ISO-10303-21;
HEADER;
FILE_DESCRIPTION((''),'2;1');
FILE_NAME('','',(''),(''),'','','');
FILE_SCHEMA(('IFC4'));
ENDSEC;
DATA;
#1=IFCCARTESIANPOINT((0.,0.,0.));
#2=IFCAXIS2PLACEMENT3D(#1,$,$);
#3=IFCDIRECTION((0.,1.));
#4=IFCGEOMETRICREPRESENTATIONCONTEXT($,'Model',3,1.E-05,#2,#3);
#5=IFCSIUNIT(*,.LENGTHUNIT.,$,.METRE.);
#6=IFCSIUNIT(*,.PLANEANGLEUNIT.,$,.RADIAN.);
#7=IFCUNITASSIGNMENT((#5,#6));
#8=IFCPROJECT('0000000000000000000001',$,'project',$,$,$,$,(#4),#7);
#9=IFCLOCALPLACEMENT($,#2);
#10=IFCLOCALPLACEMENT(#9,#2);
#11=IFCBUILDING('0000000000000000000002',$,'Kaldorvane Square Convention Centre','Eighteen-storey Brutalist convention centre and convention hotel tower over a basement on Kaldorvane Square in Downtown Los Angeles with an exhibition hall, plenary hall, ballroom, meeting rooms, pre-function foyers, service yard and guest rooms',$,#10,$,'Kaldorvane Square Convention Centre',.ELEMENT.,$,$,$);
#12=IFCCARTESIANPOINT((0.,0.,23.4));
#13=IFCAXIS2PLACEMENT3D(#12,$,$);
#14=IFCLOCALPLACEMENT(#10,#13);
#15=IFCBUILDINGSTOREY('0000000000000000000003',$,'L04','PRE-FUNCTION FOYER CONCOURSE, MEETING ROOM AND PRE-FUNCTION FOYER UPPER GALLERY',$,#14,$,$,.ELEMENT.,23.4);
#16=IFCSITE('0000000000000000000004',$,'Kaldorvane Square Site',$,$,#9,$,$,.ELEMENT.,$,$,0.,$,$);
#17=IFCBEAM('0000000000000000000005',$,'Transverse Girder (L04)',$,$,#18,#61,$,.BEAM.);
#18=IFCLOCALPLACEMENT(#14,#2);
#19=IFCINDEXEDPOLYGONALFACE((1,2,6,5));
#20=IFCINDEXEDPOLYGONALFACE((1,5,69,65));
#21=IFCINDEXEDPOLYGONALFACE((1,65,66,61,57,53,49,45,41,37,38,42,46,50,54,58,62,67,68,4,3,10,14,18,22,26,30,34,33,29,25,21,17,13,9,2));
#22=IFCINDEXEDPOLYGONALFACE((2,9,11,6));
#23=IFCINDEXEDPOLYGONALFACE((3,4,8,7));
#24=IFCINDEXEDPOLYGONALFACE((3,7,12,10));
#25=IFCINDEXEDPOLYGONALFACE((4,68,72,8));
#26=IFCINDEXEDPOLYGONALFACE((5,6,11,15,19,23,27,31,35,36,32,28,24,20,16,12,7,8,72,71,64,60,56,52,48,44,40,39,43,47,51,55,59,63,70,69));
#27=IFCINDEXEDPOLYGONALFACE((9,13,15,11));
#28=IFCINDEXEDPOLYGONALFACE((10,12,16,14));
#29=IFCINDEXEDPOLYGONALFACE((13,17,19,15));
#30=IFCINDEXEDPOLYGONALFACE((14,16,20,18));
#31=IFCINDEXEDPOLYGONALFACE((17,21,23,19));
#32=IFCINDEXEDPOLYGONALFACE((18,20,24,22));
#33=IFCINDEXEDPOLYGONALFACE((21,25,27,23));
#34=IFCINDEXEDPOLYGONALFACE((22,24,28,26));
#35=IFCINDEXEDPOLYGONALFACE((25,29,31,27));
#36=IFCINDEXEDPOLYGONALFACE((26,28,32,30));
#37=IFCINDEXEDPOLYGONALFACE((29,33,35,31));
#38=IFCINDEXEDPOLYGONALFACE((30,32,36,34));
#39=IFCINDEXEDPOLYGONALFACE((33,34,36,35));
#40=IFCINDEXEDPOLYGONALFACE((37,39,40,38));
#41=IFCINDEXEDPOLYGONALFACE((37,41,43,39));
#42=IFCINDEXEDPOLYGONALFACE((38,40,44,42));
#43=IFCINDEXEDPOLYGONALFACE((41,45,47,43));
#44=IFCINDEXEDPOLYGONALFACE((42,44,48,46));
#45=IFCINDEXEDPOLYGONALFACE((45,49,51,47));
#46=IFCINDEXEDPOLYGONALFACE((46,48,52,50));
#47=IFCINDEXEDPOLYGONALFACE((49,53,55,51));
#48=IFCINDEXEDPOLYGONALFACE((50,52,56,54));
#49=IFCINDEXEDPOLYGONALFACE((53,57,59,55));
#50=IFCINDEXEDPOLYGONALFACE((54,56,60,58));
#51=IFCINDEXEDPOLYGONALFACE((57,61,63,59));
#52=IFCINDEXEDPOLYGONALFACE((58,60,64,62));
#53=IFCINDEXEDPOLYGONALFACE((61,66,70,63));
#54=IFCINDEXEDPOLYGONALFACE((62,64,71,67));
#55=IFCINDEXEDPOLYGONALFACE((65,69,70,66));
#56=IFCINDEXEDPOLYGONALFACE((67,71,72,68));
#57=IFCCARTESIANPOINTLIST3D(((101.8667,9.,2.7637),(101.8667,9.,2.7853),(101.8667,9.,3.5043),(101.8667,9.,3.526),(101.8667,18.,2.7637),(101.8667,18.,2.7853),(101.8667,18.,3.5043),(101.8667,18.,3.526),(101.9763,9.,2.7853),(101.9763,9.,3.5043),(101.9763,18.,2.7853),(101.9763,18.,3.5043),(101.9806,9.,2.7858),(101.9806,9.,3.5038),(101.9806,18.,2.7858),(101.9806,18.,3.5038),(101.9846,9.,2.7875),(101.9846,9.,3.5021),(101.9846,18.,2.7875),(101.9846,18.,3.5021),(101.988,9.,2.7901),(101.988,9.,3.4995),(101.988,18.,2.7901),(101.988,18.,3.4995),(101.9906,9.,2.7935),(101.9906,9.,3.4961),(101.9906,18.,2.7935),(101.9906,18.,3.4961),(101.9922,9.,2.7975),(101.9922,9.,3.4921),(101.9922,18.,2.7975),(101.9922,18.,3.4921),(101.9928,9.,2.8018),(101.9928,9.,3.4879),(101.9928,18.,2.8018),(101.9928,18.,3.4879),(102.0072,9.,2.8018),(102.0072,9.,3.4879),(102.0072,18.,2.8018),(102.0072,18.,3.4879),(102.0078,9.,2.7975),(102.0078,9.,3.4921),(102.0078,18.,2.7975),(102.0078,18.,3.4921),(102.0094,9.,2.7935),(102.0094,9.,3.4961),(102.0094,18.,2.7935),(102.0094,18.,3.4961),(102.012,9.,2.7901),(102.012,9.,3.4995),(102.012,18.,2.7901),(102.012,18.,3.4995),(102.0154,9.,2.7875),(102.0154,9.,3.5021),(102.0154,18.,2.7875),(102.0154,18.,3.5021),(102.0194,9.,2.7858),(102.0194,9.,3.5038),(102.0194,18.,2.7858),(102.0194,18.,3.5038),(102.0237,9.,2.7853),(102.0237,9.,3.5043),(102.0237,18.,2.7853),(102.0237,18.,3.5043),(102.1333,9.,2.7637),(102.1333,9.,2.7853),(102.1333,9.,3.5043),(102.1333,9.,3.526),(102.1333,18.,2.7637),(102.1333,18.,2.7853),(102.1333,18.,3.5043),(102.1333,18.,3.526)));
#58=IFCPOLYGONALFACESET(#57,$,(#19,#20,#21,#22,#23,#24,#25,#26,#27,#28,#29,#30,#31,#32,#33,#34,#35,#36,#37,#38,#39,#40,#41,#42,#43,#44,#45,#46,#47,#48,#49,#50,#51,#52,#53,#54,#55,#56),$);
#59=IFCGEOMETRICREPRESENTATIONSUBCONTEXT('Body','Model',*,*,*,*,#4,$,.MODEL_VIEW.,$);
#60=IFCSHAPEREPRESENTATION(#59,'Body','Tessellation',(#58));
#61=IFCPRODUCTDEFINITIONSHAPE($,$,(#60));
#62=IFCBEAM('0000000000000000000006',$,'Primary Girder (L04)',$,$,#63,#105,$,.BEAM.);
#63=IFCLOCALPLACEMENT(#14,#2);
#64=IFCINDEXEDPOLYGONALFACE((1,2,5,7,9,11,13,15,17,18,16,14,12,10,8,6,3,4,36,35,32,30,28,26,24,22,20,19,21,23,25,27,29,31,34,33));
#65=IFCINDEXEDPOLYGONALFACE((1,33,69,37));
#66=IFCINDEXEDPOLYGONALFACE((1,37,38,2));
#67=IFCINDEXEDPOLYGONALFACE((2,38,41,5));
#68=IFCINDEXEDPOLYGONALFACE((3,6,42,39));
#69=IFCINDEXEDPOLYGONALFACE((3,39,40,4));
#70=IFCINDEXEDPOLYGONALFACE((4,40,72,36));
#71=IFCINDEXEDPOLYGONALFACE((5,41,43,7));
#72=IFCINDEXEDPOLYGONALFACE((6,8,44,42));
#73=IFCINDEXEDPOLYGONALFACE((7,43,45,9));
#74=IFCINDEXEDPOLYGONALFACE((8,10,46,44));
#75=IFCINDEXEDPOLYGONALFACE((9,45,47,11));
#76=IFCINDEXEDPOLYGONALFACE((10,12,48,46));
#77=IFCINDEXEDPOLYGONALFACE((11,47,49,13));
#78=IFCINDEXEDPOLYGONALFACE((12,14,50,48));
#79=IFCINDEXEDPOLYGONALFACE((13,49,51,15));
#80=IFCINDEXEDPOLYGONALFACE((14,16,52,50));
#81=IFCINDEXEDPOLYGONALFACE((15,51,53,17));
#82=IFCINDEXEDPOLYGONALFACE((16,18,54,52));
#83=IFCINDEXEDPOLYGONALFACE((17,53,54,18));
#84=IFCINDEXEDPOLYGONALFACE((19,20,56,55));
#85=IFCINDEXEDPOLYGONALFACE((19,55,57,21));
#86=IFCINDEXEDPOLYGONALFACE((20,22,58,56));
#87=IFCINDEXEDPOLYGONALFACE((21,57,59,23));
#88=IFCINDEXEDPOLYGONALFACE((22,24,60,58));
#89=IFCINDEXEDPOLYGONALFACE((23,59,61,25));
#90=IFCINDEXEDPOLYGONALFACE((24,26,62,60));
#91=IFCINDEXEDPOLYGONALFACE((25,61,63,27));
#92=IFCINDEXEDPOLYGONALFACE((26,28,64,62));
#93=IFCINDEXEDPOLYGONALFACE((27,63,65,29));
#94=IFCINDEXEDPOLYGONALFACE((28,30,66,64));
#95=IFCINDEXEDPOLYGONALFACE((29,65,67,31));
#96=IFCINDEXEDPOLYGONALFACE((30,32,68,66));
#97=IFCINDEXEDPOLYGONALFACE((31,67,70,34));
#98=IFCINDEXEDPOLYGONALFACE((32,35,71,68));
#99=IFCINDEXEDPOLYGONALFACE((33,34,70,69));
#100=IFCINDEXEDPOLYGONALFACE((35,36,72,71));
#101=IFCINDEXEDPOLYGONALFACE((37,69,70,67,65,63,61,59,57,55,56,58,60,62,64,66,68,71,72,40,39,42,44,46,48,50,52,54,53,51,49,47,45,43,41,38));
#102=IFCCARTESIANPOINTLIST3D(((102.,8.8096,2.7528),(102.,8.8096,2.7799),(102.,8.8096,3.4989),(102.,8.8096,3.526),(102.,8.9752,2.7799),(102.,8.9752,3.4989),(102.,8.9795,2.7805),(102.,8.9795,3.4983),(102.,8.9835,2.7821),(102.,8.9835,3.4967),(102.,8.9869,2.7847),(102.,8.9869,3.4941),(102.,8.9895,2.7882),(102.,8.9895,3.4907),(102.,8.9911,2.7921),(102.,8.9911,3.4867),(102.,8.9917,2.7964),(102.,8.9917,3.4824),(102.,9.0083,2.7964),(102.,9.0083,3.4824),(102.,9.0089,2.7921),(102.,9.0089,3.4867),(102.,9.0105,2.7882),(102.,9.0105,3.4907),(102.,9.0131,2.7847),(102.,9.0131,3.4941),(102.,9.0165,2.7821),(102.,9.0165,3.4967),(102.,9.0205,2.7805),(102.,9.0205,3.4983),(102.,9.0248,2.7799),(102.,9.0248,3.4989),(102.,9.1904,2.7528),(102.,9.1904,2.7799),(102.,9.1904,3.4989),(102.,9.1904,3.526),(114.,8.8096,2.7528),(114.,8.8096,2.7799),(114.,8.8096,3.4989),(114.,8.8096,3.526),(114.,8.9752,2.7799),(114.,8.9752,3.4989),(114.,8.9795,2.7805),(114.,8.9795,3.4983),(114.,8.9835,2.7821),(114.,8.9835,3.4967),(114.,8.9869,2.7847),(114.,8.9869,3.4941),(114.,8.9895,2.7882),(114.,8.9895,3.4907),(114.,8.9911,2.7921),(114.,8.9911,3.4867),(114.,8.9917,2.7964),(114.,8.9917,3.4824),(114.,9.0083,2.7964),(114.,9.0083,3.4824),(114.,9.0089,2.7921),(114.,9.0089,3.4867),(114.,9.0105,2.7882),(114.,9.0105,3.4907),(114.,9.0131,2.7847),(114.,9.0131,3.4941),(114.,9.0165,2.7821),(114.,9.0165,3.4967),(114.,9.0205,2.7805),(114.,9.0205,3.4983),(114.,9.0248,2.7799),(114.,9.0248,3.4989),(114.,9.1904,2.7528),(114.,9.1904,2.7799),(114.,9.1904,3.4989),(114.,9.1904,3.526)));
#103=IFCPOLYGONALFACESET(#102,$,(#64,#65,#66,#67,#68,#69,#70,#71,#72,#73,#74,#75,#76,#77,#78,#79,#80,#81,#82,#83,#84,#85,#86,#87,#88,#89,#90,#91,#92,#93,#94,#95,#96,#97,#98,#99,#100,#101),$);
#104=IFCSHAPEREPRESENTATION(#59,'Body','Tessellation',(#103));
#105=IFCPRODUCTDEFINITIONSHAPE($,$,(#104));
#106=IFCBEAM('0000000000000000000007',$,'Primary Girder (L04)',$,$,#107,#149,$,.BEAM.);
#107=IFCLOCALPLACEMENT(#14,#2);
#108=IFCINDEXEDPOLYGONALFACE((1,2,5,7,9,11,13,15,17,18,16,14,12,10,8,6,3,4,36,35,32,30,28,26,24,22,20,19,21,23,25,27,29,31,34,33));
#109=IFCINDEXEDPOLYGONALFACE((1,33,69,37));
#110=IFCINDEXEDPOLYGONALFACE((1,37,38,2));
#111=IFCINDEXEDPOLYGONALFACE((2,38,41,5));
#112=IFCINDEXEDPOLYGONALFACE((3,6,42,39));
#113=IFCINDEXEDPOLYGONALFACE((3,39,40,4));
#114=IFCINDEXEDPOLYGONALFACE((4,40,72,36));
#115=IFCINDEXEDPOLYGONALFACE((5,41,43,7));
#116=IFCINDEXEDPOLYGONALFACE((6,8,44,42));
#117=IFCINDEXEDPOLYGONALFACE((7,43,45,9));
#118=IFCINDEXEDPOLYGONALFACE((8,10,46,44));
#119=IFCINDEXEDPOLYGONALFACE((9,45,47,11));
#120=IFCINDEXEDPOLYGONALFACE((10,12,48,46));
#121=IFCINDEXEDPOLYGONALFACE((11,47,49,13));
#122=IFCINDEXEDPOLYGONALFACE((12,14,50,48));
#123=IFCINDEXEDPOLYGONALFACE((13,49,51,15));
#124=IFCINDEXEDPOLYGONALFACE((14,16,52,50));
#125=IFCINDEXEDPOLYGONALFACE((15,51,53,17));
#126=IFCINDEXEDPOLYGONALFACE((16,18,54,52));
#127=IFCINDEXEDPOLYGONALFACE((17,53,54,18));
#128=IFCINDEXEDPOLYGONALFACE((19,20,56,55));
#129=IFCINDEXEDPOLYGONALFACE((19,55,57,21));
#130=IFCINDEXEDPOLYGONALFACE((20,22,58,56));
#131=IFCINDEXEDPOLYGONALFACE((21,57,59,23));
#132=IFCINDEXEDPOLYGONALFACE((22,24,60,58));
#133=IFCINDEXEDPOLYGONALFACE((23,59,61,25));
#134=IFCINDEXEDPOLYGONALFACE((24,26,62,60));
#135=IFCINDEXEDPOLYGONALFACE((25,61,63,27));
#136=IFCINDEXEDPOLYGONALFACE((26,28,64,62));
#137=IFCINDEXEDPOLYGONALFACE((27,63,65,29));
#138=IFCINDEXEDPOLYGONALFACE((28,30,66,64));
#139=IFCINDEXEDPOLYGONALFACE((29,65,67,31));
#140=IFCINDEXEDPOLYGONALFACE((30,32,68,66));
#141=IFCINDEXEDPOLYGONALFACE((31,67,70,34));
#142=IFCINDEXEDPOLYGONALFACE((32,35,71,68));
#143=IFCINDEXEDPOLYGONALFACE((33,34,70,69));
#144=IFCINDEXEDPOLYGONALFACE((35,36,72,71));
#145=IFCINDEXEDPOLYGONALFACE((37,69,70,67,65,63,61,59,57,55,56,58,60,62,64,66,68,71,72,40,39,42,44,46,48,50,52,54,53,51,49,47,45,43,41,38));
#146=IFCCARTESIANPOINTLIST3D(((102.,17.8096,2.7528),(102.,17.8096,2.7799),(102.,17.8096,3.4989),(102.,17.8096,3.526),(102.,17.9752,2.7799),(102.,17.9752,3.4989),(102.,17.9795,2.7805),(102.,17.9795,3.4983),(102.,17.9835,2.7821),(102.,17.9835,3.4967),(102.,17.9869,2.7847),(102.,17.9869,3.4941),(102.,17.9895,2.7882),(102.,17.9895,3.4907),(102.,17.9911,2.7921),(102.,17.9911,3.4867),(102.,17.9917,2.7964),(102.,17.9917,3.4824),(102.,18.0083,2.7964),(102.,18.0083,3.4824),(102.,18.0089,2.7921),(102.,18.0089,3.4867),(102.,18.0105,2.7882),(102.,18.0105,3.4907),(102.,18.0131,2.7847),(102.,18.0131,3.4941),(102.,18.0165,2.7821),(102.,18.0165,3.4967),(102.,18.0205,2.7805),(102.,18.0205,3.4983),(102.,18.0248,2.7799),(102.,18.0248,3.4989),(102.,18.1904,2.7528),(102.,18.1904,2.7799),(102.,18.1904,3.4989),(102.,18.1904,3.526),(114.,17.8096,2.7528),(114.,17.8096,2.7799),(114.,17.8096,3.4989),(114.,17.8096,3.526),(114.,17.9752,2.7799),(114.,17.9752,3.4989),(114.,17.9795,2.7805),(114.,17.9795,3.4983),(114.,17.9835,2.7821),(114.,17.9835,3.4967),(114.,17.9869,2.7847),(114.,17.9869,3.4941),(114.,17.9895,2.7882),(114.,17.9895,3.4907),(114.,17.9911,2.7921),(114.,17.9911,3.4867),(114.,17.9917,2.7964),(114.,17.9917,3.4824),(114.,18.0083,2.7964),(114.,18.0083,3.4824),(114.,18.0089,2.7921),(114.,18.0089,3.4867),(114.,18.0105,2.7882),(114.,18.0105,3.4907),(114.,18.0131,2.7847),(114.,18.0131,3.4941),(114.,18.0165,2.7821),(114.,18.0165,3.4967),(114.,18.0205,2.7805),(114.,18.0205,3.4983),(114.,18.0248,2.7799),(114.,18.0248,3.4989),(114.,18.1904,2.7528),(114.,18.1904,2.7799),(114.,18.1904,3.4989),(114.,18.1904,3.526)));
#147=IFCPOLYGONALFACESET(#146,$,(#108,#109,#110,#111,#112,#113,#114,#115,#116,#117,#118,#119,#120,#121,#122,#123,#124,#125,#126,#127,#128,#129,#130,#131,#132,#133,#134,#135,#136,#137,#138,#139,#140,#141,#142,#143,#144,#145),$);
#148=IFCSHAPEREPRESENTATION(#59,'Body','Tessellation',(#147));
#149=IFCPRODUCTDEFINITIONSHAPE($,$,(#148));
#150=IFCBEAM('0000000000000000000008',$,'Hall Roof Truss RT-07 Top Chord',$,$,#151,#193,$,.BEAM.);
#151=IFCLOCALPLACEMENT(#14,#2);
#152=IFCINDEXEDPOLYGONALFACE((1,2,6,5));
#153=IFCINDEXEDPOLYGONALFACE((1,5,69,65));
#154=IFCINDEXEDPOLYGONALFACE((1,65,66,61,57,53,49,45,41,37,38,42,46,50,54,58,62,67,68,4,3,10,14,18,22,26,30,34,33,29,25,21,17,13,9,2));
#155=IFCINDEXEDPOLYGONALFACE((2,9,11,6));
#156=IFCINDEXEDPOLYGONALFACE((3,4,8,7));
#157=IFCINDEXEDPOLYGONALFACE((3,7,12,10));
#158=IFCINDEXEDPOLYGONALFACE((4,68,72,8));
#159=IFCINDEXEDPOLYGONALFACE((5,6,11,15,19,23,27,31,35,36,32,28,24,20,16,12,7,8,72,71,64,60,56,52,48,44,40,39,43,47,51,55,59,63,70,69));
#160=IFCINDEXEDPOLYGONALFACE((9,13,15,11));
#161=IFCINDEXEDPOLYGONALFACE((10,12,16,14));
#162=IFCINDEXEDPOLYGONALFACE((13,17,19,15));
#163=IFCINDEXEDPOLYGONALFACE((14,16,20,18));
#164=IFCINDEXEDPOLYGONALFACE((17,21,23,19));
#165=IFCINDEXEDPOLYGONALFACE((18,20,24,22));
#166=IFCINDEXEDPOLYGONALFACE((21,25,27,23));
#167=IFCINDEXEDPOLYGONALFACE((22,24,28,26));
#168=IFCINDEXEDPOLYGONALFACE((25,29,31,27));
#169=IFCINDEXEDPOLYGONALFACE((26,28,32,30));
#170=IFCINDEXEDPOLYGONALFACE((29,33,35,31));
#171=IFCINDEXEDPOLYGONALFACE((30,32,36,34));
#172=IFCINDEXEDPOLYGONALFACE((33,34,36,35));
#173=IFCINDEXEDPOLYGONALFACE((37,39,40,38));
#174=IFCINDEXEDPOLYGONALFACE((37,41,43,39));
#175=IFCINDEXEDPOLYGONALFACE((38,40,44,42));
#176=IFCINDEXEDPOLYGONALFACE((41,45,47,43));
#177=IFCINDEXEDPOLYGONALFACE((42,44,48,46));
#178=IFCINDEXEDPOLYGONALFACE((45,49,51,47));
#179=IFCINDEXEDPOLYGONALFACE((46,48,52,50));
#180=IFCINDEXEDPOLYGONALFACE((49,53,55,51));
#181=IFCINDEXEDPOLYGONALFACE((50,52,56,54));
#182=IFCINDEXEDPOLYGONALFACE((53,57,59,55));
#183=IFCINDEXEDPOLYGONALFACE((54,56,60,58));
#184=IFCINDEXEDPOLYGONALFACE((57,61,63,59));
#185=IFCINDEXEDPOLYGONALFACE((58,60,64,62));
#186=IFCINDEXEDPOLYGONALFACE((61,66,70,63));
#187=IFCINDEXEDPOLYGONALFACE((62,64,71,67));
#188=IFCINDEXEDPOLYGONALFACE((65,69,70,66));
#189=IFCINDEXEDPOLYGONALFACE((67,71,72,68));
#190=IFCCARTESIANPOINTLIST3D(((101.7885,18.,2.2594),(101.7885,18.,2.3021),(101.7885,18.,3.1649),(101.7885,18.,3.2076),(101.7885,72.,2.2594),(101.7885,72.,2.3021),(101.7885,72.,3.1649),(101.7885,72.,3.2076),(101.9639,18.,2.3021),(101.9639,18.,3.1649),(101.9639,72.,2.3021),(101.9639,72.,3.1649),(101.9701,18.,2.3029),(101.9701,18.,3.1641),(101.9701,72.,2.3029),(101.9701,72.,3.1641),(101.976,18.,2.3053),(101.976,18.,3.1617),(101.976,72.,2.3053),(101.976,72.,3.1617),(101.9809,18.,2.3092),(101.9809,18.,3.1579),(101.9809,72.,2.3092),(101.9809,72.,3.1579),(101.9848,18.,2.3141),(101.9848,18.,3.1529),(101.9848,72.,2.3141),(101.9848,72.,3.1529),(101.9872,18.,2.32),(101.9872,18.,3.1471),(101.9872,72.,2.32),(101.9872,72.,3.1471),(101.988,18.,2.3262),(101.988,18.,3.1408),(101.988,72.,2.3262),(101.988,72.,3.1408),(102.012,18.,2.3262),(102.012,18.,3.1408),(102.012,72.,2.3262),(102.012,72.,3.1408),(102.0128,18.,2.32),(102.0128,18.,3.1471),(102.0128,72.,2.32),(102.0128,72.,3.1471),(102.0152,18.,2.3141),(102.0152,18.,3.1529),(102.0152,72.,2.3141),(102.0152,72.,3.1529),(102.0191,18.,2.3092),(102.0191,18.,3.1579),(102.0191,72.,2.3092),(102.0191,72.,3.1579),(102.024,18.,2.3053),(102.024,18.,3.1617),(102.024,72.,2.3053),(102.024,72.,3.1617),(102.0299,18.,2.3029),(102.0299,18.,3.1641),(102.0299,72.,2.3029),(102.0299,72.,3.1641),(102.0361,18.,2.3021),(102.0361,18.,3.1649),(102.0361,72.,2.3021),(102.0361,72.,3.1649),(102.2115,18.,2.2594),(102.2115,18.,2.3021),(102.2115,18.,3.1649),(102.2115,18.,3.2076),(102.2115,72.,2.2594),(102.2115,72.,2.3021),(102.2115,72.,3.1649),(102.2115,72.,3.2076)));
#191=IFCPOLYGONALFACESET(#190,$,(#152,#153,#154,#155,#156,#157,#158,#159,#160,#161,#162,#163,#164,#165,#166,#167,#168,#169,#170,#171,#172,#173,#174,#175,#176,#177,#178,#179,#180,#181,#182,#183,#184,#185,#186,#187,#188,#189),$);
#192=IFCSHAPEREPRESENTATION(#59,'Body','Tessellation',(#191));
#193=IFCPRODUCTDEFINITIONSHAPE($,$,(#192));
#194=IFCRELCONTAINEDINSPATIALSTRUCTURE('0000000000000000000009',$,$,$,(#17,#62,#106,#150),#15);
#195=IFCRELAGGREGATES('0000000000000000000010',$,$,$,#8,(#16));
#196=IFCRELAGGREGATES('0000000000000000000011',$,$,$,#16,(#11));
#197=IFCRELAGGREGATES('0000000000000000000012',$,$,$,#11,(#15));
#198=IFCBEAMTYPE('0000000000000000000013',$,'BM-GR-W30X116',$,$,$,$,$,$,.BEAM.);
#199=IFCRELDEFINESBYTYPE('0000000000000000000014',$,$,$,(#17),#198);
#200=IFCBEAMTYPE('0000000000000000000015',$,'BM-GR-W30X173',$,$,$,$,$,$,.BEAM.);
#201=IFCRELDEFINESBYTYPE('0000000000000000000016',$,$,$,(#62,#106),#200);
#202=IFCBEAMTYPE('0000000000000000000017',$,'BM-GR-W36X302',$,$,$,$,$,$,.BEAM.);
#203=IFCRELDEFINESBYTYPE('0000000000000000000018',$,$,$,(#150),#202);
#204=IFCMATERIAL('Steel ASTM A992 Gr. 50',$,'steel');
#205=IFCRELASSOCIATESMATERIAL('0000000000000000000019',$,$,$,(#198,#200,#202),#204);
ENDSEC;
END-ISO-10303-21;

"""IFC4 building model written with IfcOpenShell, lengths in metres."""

from ifc_helpers import new_model, si_unit, direction, frame, origin, origin_2d, place, context, subcontext, project, spatial, i_section, extrude, material, material_profile, profile_set, type_object, element, save


model = new_model("IFC4")

# Units and contexts
model_context = context("Model", 3, precision=1e-05, world=origin(), true_north=direction((0.0, 1.0)))
body_context = subcontext(model_context, "Body", "Model", "MODEL_VIEW")
ifc_project = project(units=[si_unit("LENGTHUNIT", "METRE"), si_unit("PLANEANGLEUNIT", "RADIAN")], contexts=[model_context])

# Site, building, storey
site_placement = place(None, origin())
site = spatial("IfcSite", under=ifc_project, at=site_placement, Name="Kaldorvane Square Site", CompositionType="ELEMENT", RefElevation=0.0)
building_placement = place(site_placement, origin())
building = spatial("IfcBuilding", under=site, at=building_placement, Name="Kaldorvane Square Convention Centre", Description="Eighteen-storey Brutalist convention centre and convention hotel tower over a basement on Kaldorvane Square in Downtown Los Angeles with an exhibition hall, plenary hall, ballroom, meeting rooms, pre-function foyers, service yard and guest rooms", LongName="Kaldorvane Square Convention Centre", CompositionType="ELEMENT")
storey_placement = place(building_placement, frame((0.0, 0.0, 23.4)))
storey = spatial("IfcBuildingStorey", under=building, at=storey_placement, Name="L04", Description="PRE-FUNCTION FOYER CONCOURSE, MEETING ROOM AND PRE-FUNCTION FOYER UPPER GALLERY", CompositionType="ELEMENT", Elevation=23.4)

# Shared definitions
ifc_material_1 = material(Name="Steel ASTM A992 Gr. 50", Category="steel")

# Beams
ifc_material_profile_1 = material_profile(ifc_material_1, i_section(OverallWidth=0.2666, OverallDepth=0.7623, WebThickness=0.0144, FlangeThickness=0.0216, FilletRadius=0.0165, at=origin_2d()), Name="W30X116")
ifc_profile_set_1 = profile_set([ifc_material_profile_1], Name="Steel ASTM A992 Gr. 50")
beam_type_1 = type_object("IfcBeamType", Name="BM-GR-W30X116", PredefinedType="BEAM", material=ifc_profile_set_1)
for number, where, z_axis, x_axis, name in (
    (1, (102.0, 9.0, 3.1448), (0.0, 1.0, 0.0), (-1.0, 0.0, 0.0), "Transverse Girder (L04)"),
):
    element("IfcBeam", number, at=place(storey_placement, frame(where, z_axis=z_axis, x_axis=x_axis)), inside=storey, type_object=beam_type_1, Name=name, PredefinedType="BEAM", context=body_context, shape_type="SweptSolid", body=[
        extrude(i_section(OverallWidth=0.2666, OverallDepth=0.7623, WebThickness=0.0144, FlangeThickness=0.0216, FilletRadius=0.0165, at=origin_2d()), origin(), (0.0, 0.0, 1.0), 9.0),
    ])
ifc_material_profile_2 = material_profile(ifc_material_1, i_section(OverallWidth=0.3807, OverallDepth=0.7732, WebThickness=0.0166, FlangeThickness=0.0271, FilletRadius=0.0165, at=origin_2d()), Name="W30X173")
ifc_profile_set_2 = profile_set([ifc_material_profile_2], Name="Steel ASTM A992 Gr. 50")
beam_type_2 = type_object("IfcBeamType", Name="BM-GR-W30X173", PredefinedType="BEAM", material=ifc_profile_set_2)
for number, where, z_axis, x_axis, name in (
    (2, (102.0, 9.0, 3.1394), (1.0, 0.0, 0.0), (0.0, 1.0, 0.0), "Primary Girder (L04)"),
    (3, (102.0, 18.0, 3.1394), (1.0, 0.0, 0.0), (0.0, 1.0, 0.0), "Primary Girder (L04)"),
):
    element("IfcBeam", number, at=place(storey_placement, frame(where, z_axis=z_axis, x_axis=x_axis)), inside=storey, type_object=beam_type_2, Name=name, PredefinedType="BEAM", context=body_context, shape_type="SweptSolid", body=[
        extrude(i_section(OverallWidth=0.3807, OverallDepth=0.7732, WebThickness=0.0166, FlangeThickness=0.0271, FilletRadius=0.0165, at=origin_2d()), origin(), (0.0, 0.0, 1.0), 12.0),
    ])
ifc_material_profile_3 = material_profile(ifc_material_1, i_section(OverallWidth=0.423, OverallDepth=0.9482, WebThickness=0.024, FlangeThickness=0.0427, FilletRadius=0.0241, at=origin_2d()), Name="W36X302")
ifc_profile_set_3 = profile_set([ifc_material_profile_3], Name="Steel ASTM A992 Gr. 50")
beam_type_3 = type_object("IfcBeamType", Name="BM-GR-W36X302", PredefinedType="BEAM", material=ifc_profile_set_3)
beam_1_placement = place(storey_placement, frame((102.0, 18.0, 2.7335), z_axis=(0.0, 1.0, 0.0), x_axis=(-1.0, 0.0, 0.0)))
element("IfcBeam", 4, at=beam_1_placement, inside=storey, type_object=beam_type_3, Name="Hall Roof Truss RT-07 Top Chord", PredefinedType="BEAM", context=body_context, shape_type="SweptSolid", body=[
    extrude(i_section(OverallWidth=0.423, OverallDepth=0.9482, WebThickness=0.024, FlangeThickness=0.0427, FilletRadius=0.0241, at=origin_2d()), origin(), (0.0, 0.0, 1.0), 54.0),
])

save(model, "model.ifc")
